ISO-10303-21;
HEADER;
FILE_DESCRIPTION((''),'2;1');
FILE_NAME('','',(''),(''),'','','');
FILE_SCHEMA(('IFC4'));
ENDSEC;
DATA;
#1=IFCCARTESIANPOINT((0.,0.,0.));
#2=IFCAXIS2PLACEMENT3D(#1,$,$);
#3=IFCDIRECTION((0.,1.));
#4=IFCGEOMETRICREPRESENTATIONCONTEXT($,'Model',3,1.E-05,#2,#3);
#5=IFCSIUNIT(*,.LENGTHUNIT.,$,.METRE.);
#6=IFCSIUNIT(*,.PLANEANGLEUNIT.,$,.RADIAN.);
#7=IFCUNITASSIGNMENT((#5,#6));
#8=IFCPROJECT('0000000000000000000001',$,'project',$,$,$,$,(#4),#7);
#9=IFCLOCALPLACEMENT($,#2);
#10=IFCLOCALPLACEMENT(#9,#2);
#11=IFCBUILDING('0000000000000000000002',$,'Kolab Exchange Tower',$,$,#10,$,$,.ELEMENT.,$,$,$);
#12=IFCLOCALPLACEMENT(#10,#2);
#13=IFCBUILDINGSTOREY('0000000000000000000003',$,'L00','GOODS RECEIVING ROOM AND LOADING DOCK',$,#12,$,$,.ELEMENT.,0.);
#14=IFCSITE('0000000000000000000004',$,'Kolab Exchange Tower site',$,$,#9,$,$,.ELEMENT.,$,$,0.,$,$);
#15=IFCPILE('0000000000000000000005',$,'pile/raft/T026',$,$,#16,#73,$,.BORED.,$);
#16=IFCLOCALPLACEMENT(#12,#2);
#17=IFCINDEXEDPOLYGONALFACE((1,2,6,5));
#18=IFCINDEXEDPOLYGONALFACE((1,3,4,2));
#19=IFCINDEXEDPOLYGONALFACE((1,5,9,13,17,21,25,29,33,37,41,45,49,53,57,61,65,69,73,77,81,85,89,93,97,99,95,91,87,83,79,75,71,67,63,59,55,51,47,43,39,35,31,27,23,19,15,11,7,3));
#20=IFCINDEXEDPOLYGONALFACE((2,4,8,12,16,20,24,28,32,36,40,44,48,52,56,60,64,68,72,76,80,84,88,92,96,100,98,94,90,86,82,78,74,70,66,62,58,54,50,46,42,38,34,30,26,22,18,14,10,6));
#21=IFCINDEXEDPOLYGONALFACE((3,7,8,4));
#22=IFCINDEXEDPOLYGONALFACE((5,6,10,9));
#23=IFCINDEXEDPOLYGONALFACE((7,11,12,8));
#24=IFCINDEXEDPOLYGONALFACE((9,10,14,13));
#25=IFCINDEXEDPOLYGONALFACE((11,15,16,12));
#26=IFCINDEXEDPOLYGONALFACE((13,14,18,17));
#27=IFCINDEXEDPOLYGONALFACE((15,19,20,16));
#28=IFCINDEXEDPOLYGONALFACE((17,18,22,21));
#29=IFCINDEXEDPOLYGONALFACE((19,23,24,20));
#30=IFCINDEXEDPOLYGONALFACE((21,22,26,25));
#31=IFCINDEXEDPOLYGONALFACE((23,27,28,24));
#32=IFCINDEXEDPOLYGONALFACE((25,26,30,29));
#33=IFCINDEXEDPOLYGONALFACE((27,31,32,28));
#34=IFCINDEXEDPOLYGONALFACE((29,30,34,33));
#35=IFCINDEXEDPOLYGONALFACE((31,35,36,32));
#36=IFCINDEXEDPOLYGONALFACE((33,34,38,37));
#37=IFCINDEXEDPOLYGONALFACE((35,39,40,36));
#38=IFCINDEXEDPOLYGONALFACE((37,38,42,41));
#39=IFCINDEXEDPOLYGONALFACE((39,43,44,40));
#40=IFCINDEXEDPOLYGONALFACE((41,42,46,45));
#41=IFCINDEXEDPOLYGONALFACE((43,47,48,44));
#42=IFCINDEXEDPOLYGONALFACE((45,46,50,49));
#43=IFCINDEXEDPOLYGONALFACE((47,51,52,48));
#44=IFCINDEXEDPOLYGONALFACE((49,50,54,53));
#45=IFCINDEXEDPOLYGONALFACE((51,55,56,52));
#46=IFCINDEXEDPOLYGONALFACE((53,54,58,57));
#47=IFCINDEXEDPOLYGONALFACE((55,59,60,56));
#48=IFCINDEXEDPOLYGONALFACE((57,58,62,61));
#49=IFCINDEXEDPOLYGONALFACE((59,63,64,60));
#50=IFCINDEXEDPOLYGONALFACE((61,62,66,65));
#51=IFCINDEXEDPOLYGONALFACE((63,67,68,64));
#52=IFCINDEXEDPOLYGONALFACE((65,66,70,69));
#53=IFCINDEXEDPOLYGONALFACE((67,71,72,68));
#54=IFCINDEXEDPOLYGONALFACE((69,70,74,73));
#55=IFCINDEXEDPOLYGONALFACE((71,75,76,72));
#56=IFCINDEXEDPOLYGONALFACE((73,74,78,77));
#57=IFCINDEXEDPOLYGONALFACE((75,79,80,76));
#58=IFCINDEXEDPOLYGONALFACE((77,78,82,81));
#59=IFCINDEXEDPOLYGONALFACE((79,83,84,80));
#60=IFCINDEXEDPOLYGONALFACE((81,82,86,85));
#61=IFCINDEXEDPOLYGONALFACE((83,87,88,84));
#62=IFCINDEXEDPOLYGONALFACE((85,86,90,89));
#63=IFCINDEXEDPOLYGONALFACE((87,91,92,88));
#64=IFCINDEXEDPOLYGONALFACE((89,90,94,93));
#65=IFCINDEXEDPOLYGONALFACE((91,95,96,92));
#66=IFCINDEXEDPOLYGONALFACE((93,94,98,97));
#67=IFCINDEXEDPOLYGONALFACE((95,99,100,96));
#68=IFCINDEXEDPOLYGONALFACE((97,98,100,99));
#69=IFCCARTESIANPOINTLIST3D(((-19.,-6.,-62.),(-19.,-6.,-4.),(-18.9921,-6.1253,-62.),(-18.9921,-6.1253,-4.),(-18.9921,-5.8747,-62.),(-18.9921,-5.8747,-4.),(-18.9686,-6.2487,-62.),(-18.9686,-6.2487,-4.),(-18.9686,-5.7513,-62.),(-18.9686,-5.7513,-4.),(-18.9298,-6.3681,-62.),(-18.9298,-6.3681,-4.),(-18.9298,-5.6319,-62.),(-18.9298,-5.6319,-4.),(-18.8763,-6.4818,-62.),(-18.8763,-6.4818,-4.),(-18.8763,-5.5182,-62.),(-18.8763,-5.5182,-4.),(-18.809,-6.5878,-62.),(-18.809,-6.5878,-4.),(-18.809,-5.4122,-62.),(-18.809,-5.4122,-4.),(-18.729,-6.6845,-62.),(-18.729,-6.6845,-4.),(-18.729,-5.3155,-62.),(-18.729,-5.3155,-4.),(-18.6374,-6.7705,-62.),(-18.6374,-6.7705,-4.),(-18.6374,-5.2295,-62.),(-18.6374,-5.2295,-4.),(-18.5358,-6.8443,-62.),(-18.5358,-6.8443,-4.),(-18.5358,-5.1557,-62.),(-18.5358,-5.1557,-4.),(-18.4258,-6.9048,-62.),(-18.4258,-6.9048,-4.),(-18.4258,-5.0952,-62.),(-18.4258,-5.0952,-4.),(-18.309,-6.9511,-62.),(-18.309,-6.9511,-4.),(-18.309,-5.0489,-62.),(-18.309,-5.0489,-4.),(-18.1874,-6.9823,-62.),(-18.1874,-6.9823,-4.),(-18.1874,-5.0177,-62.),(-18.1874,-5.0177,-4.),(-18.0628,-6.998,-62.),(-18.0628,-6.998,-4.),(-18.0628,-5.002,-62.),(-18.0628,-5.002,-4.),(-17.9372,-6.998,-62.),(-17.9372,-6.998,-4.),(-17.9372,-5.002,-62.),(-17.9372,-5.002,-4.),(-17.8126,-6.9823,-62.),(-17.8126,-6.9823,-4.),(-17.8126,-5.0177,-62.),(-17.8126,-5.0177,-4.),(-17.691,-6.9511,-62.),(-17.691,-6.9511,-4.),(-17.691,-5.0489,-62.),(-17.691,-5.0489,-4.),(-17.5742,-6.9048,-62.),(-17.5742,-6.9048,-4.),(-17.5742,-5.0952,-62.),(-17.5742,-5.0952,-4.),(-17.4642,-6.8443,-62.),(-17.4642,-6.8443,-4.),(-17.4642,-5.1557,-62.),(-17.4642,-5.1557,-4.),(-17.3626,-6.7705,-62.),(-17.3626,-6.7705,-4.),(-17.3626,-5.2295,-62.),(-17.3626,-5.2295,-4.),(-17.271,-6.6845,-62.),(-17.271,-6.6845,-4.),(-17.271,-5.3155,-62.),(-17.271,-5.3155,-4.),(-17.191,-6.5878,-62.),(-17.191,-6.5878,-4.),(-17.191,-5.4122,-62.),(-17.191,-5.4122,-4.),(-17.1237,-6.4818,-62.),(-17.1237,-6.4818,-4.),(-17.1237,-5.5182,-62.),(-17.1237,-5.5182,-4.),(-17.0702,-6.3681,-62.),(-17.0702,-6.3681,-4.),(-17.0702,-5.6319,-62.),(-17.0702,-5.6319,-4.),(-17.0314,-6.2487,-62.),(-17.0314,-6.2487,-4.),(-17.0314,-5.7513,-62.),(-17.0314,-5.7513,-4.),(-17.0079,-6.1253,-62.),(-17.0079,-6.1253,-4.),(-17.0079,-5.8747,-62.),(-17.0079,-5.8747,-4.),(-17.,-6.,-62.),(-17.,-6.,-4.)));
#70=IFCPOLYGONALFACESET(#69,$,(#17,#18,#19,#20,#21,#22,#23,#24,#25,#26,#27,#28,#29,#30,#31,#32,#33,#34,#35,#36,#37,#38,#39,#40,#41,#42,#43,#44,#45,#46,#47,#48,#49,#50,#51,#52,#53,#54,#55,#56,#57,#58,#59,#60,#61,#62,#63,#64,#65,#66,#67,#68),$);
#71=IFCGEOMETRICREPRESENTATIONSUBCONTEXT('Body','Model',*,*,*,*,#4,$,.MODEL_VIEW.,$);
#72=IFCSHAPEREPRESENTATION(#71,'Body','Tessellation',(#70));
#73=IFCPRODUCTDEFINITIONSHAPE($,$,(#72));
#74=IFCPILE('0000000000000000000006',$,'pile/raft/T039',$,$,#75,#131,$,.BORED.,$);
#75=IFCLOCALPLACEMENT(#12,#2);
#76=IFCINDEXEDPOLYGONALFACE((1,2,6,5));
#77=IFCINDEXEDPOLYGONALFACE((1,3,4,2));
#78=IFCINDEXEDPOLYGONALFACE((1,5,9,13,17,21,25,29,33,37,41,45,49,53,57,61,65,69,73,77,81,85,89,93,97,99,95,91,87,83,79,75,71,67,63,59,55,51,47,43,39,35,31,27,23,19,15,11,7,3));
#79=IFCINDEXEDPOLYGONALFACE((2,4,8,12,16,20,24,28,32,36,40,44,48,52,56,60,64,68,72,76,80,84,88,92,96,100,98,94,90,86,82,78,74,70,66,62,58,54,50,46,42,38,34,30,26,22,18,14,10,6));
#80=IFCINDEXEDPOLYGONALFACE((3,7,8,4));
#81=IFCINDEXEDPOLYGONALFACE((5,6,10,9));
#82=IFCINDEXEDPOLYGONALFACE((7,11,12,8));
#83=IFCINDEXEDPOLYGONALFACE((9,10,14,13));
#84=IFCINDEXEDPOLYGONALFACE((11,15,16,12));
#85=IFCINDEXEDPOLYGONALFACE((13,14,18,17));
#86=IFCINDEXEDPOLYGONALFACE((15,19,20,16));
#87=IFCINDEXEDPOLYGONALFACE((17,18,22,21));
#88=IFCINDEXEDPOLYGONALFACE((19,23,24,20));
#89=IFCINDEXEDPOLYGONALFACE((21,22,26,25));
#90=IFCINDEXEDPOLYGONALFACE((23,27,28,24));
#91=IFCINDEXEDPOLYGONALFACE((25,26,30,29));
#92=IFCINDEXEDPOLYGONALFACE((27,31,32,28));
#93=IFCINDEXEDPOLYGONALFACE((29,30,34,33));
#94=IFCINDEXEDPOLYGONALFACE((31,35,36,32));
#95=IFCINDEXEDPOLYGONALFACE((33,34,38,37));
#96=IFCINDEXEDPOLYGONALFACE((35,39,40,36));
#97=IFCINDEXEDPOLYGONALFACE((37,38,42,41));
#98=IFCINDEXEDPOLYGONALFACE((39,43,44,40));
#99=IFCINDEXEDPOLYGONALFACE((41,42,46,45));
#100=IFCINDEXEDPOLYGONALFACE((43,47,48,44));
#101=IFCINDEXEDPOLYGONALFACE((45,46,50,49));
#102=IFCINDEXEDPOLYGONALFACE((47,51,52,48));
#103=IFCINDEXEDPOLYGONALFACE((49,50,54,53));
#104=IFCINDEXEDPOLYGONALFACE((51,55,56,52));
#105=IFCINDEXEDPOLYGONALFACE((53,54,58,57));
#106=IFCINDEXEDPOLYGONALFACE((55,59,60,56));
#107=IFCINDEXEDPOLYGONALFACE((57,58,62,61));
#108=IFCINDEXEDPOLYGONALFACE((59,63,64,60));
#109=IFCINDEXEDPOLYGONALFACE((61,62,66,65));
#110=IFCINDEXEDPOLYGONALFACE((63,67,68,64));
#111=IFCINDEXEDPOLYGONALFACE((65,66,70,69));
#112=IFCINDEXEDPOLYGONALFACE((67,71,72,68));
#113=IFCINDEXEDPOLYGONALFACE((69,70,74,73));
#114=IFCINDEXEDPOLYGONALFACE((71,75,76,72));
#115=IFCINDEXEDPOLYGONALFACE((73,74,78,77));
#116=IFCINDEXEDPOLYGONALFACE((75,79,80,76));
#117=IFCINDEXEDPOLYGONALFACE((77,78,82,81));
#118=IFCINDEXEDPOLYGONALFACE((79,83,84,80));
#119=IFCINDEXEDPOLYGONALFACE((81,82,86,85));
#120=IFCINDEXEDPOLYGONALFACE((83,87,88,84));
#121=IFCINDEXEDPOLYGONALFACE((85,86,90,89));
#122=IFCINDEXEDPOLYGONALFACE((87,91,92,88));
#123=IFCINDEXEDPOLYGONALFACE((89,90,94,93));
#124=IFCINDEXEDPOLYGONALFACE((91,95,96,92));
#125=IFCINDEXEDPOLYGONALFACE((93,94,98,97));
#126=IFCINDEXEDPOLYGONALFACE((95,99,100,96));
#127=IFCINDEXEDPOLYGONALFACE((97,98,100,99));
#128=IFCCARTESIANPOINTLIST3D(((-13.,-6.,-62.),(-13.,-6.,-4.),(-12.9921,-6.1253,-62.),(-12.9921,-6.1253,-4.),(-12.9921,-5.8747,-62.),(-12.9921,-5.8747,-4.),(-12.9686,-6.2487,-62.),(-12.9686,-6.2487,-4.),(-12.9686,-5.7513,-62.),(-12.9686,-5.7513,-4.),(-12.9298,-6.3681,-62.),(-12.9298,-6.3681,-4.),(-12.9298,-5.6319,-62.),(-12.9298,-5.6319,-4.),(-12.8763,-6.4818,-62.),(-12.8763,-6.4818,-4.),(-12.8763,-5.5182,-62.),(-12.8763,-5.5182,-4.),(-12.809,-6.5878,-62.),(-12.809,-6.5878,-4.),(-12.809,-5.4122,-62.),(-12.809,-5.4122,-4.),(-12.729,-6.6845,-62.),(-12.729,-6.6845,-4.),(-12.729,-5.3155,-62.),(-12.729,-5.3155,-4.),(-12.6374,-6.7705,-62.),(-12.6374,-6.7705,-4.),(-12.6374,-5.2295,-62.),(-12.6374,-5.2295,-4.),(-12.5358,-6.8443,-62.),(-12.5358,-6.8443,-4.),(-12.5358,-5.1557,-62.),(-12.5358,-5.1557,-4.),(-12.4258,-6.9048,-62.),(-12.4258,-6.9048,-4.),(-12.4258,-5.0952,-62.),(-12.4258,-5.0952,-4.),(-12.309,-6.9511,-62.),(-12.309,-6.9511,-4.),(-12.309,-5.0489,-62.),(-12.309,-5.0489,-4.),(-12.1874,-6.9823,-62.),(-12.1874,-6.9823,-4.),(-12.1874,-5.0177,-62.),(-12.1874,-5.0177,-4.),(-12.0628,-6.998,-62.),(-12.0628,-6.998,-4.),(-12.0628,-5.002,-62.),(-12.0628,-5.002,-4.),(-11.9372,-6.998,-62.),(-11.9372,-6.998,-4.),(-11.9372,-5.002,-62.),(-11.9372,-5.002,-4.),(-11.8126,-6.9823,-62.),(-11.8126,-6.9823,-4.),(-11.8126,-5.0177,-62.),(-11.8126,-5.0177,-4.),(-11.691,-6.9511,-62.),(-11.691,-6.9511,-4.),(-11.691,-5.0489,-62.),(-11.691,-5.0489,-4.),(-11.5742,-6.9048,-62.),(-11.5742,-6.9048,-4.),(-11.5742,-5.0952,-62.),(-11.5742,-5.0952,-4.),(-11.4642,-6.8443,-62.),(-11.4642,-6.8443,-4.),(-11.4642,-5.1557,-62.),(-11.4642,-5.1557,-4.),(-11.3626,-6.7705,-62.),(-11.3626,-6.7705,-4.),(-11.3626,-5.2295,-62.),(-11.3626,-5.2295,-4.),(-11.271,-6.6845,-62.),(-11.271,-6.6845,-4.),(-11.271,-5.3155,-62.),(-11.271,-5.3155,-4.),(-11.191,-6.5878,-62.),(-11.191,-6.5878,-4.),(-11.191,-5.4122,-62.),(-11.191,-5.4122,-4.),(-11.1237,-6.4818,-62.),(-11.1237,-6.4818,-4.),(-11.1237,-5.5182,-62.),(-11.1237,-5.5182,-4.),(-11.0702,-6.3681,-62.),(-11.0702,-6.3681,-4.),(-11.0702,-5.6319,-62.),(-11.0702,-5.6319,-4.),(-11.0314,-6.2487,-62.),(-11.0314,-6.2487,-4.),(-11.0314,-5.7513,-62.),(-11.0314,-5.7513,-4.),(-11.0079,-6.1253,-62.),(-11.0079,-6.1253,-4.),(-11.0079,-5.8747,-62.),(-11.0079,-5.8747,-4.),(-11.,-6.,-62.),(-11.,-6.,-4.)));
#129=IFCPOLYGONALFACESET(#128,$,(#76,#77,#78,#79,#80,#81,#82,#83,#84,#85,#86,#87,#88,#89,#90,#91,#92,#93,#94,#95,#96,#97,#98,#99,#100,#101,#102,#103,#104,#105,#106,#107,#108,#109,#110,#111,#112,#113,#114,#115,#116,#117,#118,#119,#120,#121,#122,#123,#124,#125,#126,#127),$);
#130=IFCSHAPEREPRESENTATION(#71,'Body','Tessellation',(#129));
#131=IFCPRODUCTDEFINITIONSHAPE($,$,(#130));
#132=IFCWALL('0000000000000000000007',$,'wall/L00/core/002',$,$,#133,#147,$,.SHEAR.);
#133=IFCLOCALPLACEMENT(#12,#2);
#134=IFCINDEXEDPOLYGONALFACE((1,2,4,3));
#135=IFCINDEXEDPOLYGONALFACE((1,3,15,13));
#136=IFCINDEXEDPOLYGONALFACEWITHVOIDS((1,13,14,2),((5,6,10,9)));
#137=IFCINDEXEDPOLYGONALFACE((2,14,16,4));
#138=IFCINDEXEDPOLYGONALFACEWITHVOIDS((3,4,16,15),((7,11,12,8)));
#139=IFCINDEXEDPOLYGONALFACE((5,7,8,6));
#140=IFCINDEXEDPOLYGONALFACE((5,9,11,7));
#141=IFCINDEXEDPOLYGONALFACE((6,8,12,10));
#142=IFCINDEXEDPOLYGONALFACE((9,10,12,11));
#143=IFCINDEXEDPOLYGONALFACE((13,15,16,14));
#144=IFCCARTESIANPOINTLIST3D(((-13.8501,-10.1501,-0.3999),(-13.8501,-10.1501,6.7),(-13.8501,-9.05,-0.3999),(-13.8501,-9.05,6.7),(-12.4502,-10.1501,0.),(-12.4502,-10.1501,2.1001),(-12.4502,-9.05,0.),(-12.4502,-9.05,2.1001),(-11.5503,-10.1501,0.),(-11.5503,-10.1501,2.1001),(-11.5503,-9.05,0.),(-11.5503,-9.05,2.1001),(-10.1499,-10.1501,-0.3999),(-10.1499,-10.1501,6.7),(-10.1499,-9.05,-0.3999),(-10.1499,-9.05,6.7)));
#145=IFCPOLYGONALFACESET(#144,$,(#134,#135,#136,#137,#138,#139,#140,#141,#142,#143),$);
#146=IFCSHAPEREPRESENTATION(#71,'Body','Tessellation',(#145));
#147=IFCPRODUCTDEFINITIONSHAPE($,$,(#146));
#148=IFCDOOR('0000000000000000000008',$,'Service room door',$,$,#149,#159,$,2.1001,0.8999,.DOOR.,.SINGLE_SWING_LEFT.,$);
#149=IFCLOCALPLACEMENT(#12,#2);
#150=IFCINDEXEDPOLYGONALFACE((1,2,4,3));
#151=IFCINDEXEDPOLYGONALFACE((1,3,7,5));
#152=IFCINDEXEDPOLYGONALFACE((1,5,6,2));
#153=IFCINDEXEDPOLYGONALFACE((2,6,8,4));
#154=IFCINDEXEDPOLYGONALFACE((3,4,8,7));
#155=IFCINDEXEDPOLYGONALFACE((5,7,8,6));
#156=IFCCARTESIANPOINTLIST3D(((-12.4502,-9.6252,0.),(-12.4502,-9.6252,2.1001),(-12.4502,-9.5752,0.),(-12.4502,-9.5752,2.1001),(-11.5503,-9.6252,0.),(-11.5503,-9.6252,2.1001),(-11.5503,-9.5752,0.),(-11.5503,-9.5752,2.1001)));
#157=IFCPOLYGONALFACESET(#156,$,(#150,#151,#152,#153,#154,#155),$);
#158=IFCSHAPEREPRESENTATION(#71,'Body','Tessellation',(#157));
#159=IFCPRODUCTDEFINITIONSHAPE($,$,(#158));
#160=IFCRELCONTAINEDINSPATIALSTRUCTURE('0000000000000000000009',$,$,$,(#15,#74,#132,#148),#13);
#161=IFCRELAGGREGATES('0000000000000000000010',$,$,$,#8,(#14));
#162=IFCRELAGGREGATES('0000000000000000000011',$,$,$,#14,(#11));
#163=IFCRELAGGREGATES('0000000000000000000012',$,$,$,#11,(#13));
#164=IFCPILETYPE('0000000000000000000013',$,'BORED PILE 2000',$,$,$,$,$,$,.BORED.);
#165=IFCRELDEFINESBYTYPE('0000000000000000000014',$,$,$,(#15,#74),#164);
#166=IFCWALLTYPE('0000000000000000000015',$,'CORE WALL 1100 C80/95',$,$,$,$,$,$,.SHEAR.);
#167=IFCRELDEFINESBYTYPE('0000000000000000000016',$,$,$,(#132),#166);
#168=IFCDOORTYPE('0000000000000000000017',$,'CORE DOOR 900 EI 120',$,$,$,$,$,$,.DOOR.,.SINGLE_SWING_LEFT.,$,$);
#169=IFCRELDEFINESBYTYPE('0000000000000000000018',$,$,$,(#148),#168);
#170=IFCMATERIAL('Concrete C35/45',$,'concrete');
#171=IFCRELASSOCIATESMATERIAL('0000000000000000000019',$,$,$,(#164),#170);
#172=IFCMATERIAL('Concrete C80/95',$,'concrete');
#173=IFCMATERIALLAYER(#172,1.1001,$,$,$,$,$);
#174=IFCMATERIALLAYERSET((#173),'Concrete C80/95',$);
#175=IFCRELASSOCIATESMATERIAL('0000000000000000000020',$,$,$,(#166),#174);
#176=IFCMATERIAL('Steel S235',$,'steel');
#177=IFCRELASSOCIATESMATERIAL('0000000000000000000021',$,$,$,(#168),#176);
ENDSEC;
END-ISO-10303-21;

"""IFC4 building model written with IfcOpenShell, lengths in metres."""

from ifc_helpers import new_model, si_unit, direction, frame, frame_2d, origin, origin_2d, place, context, subcontext, project, spatial, rectangle, circle, extrude, material, layer, layer_set, material_profile, profile_set, type_object, element, fill, save


model = new_model("IFC4")

# Units and contexts
model_context = context("Model", 3, precision=1e-05, world=origin(), true_north=direction((0.0, 1.0)))
body_context = subcontext(model_context, "Body", "Model", "MODEL_VIEW")
ifc_project = project(units=[si_unit("LENGTHUNIT", "METRE"), si_unit("PLANEANGLEUNIT", "RADIAN")], contexts=[model_context])

# Site, building, storey
site_placement = place(None, origin())
site = spatial("IfcSite", under=ifc_project, at=site_placement, Name="Kolab Exchange Tower site", CompositionType="ELEMENT", RefElevation=0.0)
building_placement = place(site_placement, origin())
building = spatial("IfcBuilding", under=site, at=building_placement, Name="Kolab Exchange Tower", CompositionType="ELEMENT")
storey_placement = place(building_placement, origin())
storey = spatial("IfcBuildingStorey", under=building, at=storey_placement, Name="L00", Description="GOODS RECEIVING ROOM AND LOADING DOCK", CompositionType="ELEMENT", Elevation=0.0)

# Piles
ifc_material_1 = material(Name="Concrete C35/45", Category="concrete")
ifc_material_profile = material_profile(ifc_material_1, circle(Radius=1.0, at=origin_2d()), Name="BP2000")
ifc_profile_set = profile_set([ifc_material_profile], Name="Concrete C35/45")
pile_type = type_object("IfcPileType", Name="BORED PILE 2000", PredefinedType="BORED", material=ifc_profile_set)
for number, where, z_axis, x_axis, name in (
    (1, (-18.0, -6.0, -4.0), (0.0, 0.0, -1.0), (1.0, 0.0, 0.0), "pile/raft/T026"),
    (2, (-12.0, -6.0, -4.0), (0.0, 0.0, -1.0), (1.0, 0.0, 0.0), "pile/raft/T039"),
):
    element("IfcPile", number, at=place(storey_placement, frame(where, z_axis=z_axis, x_axis=x_axis)), inside=storey, type_object=pile_type, Name=name, PredefinedType="BORED", context=body_context, shape_type="SweptSolid", body=[
        extrude(circle(Radius=1.0, at=origin_2d()), origin(), (0.0, 0.0, 1.0), 58.0),
    ])

# Wall, opening, door
ifc_material_2 = material(Name="Concrete C80/95", Category="concrete")
ifc_layer_1 = layer(ifc_material_2, 1.1001)
ifc_layer_set_1 = layer_set([ifc_layer_1], Name="Concrete C80/95")
wall_type_1 = type_object("IfcWallType", Name="CORE WALL 1100 C80/95", PredefinedType="SHEAR", material=ifc_layer_set_1)
wall_1_placement = place(storey_placement, frame((-13.8501, -9.6001, -0.3999), z_axis=(0.0, 0.0, 1.0), x_axis=(1.0, 0.0, 0.0)))
wall_1 = element("IfcWall", 3, at=wall_1_placement, inside=storey, type_object=wall_type_1, Name="wall/L00/core/002", PredefinedType="SHEAR", context=body_context, shape_type="SweptSolid", body=[
    extrude(rectangle(XDim=3.7002, YDim=1.1001, at=frame_2d((1.8501, 0.0))), origin(), (0.0, 0.0, 1.0), 7.0999),
])
opening_1_placement = place(wall_1_placement, frame((1.3999, 0.0, 0.3999)))
opening_1 = element("IfcOpeningElement", 4, at=opening_1_placement, cuts=wall_1, PredefinedType="OPENING", context=body_context, shape_type="SweptSolid", body=[
    extrude(rectangle(XDim=0.8999, YDim=2.1001, at=frame_2d((0.45, 1.05))), frame((0.0, 0.5601, 0.0), z_axis=(0.0, -1.0, 0.0), x_axis=(1.0, 0.0, 0.0)), (0.0, 0.0, 1.0), 1.1201),
])
ifc_material_3 = material(Name="Steel S235", Category="steel")
door_type_1 = type_object("IfcDoorType", Name="CORE DOOR 900 EI 120", OperationType="SINGLE_SWING_LEFT", PredefinedType="DOOR", material=ifc_material_3)
door_1_placement = place(opening_1_placement, origin())
door_1 = element("IfcDoor", 5, at=door_1_placement, inside=storey, type_object=door_type_1, Name="Service room door", OperationType="SINGLE_SWING_LEFT", OverallHeight=2.1001, OverallWidth=0.8999, PredefinedType="DOOR", context=body_context, shape_type="SweptSolid", body=[
    extrude(rectangle(XDim=0.8999, YDim=2.1001, at=frame_2d((0.45, 1.05))), frame((0.0, 0.0249, 0.0), z_axis=(0.0, -1.0, 0.0), x_axis=(1.0, 0.0, 0.0)), (0.0, 0.0, 1.0), 0.05),
])
fill(opening_1, door_1)

save(model, "model.ifc")
